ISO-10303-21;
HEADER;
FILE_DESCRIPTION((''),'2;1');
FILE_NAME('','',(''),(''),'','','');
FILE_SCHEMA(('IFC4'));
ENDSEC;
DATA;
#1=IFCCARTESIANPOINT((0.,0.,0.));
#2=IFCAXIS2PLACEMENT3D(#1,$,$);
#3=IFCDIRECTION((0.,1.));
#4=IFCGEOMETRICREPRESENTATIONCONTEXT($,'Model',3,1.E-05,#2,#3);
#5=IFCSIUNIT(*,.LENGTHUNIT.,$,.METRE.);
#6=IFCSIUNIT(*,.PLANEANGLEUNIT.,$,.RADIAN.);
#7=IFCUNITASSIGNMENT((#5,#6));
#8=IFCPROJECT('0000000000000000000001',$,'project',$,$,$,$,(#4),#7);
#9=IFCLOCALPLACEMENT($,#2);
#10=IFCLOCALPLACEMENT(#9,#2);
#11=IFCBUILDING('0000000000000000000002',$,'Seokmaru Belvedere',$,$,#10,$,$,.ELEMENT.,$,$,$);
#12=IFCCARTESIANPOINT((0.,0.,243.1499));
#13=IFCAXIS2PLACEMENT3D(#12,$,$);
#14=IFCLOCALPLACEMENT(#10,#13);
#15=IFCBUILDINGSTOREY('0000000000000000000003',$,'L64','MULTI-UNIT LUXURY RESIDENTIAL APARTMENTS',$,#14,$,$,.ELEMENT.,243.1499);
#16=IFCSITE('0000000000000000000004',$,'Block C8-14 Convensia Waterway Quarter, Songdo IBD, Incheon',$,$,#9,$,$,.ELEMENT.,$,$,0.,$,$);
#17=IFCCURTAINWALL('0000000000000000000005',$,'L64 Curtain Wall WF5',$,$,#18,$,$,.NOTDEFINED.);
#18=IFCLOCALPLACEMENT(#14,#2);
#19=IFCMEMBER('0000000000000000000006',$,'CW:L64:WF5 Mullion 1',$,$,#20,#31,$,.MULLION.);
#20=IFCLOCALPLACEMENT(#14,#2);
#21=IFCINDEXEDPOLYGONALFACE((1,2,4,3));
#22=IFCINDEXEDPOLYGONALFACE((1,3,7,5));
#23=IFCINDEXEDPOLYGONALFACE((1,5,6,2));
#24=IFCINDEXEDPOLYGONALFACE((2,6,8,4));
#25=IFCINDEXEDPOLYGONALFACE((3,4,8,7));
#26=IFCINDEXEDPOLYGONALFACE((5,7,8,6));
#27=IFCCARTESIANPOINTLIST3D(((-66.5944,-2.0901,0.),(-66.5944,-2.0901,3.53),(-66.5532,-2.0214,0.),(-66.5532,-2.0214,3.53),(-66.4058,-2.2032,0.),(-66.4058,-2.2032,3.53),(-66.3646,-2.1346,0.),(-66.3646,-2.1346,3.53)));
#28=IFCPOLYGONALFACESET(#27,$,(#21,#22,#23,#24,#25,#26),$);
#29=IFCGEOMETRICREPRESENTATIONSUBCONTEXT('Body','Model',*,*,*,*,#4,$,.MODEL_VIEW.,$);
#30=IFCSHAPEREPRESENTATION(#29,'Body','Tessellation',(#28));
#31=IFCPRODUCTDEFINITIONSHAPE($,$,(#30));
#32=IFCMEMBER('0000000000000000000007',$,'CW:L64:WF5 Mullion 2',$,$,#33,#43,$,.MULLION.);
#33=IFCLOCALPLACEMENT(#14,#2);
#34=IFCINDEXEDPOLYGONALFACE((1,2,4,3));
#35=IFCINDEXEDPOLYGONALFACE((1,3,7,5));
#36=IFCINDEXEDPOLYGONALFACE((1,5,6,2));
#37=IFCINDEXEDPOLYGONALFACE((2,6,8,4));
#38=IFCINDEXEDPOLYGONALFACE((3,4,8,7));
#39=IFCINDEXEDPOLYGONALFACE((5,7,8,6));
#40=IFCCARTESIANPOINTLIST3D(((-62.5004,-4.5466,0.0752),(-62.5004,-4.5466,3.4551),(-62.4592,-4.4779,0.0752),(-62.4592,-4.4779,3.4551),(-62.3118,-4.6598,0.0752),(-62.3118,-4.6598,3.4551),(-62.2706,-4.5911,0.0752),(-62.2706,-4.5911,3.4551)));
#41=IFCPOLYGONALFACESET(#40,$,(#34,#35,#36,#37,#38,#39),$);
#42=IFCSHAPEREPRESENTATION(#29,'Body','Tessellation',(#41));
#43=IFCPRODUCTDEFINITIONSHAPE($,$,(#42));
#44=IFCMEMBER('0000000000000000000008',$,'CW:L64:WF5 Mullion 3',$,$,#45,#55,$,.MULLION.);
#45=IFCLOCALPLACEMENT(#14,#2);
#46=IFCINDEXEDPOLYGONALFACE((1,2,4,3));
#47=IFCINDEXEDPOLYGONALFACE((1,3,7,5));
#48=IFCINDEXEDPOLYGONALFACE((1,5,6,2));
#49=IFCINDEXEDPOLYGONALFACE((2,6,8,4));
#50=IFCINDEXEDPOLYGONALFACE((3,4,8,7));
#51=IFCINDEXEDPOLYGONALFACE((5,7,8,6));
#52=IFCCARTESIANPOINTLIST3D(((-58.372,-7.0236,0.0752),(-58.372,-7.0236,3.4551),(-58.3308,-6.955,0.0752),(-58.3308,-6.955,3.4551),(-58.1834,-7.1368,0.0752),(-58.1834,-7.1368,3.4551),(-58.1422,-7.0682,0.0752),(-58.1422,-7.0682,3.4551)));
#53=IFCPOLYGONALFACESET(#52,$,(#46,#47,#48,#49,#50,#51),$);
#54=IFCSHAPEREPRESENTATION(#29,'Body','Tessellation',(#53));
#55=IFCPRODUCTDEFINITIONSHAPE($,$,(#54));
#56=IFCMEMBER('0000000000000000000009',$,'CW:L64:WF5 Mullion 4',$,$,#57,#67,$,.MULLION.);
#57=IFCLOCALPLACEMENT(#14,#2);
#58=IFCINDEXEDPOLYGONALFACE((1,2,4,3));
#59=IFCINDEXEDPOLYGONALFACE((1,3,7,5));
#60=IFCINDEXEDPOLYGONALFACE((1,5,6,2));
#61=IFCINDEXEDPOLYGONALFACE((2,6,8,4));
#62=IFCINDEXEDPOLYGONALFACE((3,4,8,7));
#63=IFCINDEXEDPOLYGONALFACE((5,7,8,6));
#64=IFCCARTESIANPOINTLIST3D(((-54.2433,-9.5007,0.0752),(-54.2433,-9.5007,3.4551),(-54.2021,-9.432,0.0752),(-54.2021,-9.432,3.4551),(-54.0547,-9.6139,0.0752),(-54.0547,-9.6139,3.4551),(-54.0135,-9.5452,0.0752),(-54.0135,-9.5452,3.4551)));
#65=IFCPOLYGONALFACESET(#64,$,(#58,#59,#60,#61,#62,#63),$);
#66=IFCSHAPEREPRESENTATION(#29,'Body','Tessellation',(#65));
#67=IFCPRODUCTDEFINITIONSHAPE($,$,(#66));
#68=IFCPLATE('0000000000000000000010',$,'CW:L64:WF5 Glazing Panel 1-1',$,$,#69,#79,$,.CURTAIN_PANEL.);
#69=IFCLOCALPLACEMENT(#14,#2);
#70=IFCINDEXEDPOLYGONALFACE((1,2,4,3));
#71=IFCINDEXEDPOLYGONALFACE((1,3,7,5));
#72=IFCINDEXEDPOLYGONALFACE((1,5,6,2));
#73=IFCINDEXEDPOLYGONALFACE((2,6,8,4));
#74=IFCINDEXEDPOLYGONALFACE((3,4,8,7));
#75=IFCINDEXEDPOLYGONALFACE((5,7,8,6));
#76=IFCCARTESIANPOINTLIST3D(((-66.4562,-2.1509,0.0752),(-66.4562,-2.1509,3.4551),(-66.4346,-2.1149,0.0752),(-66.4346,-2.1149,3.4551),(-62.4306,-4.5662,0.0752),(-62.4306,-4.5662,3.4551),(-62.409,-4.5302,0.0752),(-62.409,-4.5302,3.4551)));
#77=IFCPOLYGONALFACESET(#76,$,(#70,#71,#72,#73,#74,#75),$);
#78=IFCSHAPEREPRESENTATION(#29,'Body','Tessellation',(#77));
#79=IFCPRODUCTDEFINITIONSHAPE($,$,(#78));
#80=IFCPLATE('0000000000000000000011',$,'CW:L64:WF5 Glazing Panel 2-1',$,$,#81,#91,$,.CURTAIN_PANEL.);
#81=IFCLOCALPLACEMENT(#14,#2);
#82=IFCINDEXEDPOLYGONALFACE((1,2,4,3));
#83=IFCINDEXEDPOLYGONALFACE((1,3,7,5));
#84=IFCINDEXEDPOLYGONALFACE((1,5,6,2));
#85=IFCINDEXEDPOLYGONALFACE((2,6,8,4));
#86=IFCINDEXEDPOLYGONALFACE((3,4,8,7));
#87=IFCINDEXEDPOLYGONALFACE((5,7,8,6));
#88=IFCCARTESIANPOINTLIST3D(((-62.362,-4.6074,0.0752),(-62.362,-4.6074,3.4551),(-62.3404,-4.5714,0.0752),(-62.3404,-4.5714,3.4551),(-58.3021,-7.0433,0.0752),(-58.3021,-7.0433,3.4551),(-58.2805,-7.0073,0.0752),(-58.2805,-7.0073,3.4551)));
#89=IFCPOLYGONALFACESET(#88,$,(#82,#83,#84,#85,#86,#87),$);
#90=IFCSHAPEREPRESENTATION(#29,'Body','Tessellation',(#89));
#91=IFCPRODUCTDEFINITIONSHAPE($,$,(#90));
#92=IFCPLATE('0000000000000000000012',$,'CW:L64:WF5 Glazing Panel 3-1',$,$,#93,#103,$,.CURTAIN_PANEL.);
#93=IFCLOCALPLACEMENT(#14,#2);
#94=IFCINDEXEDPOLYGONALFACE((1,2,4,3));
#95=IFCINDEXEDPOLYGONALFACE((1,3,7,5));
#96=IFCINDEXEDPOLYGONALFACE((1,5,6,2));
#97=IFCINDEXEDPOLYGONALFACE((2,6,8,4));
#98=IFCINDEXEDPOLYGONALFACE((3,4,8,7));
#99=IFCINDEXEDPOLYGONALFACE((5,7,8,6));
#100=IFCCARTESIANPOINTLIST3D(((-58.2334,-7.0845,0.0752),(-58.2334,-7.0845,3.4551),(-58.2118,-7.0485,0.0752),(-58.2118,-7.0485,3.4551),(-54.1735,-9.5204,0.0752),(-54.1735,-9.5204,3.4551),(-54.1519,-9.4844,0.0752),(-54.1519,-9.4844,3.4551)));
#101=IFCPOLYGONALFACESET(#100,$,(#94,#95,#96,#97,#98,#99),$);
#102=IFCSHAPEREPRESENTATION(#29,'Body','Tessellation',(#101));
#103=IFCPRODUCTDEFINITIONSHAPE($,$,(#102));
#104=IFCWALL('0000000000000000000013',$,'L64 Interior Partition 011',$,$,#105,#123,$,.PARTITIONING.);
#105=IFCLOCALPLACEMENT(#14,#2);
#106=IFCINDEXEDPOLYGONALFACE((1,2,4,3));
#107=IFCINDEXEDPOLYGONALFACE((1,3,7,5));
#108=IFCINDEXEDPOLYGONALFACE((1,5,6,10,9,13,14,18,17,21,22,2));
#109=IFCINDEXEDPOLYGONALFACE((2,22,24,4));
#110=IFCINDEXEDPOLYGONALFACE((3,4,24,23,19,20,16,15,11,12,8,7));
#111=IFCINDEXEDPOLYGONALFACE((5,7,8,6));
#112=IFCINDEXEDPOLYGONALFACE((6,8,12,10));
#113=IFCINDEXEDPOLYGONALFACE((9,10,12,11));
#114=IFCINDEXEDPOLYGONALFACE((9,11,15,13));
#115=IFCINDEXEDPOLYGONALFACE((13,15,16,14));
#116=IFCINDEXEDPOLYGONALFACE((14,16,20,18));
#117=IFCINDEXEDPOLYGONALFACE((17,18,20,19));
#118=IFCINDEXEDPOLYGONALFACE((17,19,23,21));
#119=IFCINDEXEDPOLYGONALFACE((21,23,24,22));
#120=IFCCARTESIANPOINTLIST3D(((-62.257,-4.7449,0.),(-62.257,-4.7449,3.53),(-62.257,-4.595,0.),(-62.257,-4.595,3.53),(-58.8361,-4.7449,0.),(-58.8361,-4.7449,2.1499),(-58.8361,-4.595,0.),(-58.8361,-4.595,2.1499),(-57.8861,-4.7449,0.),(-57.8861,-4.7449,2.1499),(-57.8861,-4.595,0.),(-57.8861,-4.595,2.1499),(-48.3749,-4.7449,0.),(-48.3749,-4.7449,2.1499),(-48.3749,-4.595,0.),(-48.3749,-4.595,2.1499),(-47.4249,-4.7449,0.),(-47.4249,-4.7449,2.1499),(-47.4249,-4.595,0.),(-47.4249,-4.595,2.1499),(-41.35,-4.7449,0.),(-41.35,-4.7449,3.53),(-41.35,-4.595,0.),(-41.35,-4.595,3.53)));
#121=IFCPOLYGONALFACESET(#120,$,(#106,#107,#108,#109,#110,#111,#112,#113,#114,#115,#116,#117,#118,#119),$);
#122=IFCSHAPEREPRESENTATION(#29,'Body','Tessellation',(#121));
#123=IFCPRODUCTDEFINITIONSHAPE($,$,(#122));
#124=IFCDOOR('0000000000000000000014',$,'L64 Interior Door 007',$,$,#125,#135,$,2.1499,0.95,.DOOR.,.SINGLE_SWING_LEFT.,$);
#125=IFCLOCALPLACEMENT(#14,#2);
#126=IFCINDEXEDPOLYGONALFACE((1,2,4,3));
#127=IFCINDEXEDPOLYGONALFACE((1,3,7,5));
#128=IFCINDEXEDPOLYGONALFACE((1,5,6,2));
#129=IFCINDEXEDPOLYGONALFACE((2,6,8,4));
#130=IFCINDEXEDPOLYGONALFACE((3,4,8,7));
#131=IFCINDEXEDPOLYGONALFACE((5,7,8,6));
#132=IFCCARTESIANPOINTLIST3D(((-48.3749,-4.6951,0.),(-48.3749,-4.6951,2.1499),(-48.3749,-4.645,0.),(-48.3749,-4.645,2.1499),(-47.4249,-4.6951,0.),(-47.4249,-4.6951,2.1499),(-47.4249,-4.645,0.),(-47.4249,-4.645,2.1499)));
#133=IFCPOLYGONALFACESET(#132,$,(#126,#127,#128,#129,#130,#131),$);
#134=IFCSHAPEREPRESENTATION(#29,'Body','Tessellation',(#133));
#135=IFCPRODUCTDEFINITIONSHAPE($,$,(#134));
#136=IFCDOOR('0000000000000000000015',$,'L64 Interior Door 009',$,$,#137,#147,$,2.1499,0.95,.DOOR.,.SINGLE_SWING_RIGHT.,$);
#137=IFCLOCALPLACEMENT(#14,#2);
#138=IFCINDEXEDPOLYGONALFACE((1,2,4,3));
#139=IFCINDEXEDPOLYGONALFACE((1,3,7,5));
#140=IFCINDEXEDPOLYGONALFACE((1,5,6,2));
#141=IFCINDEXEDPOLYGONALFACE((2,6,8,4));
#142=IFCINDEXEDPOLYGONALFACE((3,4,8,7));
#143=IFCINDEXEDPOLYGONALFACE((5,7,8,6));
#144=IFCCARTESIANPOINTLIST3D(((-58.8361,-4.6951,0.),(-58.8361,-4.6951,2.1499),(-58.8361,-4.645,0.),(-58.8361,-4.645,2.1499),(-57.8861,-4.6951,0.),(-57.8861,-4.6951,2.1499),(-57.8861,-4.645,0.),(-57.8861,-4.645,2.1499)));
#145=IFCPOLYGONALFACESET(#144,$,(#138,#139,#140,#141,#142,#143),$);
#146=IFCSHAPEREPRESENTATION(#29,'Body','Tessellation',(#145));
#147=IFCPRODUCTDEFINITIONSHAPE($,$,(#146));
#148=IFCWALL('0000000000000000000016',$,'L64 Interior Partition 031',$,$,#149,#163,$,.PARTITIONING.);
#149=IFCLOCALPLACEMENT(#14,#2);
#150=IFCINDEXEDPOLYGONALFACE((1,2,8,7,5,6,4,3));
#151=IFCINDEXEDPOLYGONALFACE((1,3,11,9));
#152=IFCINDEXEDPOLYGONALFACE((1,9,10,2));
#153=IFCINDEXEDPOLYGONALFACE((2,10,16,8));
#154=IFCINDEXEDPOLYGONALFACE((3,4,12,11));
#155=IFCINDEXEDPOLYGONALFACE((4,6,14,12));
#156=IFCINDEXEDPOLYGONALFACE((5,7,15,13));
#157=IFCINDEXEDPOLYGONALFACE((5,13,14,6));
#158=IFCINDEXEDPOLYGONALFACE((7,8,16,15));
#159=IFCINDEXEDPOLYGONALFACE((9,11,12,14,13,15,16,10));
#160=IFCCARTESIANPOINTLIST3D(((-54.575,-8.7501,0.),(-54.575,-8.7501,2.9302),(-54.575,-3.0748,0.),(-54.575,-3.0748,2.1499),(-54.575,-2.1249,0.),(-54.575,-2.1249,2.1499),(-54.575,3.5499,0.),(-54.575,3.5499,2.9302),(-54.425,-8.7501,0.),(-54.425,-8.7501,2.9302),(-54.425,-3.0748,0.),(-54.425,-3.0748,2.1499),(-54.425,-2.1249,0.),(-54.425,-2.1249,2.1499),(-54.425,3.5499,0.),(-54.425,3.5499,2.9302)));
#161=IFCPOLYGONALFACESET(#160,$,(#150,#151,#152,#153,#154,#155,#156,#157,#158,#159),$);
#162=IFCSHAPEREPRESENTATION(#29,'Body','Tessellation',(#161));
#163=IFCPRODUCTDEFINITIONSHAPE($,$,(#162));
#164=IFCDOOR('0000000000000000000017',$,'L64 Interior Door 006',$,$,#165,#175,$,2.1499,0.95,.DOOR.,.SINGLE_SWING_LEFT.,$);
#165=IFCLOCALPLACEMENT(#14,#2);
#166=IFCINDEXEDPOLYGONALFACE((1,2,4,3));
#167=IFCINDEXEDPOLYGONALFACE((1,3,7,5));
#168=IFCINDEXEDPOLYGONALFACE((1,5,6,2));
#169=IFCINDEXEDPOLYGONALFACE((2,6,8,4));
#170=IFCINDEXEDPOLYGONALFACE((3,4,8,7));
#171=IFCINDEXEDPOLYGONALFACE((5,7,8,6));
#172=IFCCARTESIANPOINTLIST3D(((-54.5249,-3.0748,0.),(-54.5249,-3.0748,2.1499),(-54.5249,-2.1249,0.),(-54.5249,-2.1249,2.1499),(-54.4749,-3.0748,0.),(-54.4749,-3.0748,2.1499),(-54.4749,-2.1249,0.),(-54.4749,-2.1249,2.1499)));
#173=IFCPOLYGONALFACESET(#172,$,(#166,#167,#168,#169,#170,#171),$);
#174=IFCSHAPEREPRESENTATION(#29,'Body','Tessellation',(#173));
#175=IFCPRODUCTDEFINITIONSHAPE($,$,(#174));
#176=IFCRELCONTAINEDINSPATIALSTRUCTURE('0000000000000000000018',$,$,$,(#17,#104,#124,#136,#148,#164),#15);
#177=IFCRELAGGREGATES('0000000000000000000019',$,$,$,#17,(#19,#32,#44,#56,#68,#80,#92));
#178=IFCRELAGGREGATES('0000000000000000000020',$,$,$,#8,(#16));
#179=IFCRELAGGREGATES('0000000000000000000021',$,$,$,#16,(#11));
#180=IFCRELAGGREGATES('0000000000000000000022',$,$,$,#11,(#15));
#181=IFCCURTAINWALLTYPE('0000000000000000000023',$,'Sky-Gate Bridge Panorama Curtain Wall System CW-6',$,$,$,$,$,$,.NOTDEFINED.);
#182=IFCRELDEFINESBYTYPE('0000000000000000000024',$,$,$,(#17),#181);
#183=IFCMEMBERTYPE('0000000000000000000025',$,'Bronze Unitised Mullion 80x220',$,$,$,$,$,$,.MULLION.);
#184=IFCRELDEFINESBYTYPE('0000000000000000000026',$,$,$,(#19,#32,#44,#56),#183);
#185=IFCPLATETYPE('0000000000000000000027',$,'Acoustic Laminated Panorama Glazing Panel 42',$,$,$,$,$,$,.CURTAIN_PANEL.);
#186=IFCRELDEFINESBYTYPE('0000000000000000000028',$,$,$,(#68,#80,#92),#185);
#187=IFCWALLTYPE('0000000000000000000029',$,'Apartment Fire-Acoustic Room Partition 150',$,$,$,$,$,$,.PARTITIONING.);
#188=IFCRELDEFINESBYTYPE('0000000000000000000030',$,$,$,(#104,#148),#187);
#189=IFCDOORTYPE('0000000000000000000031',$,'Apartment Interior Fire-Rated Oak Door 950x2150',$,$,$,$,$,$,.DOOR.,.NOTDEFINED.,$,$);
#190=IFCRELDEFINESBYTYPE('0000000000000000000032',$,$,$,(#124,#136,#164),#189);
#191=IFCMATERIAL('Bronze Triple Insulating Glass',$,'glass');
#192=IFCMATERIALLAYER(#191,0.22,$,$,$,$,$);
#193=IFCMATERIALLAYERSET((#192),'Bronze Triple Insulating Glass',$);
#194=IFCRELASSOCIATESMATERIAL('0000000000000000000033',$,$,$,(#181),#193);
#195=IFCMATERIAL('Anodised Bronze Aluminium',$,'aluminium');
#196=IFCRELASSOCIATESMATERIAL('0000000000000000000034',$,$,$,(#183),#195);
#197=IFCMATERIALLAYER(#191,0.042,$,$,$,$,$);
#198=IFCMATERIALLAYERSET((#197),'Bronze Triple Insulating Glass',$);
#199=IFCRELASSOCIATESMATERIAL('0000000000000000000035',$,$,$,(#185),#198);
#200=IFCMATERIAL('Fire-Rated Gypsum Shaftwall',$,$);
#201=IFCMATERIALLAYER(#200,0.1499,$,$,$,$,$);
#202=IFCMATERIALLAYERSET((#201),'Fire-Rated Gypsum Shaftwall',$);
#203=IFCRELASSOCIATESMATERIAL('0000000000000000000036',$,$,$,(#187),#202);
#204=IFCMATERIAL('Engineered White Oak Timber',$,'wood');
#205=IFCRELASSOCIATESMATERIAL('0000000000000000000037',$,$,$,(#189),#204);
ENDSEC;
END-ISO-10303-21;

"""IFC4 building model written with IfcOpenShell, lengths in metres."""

from ifc_helpers import new_model, si_unit, direction, frame, frame_2d, origin, origin_2d, place, context, subcontext, project, spatial, rectangle, extrude, source, transform, mapped, material, layer, layer_set, material_profile, profile_set, type_object, type_shapes, element, fill, aggregate, save


model = new_model("IFC4")

# Units and contexts
model_context = context("Model", 3, precision=1e-05, world=origin(), true_north=direction((0.0, 1.0)))
body_context = subcontext(model_context, "Body", "Model", "MODEL_VIEW")
ifc_project = project(units=[si_unit("LENGTHUNIT", "METRE"), si_unit("PLANEANGLEUNIT", "RADIAN")], contexts=[model_context])

# Site, building, storey
site_placement = place(None, origin())
site = spatial("IfcSite", under=ifc_project, at=site_placement, Name="Block C8-14 Convensia Waterway Quarter, Songdo IBD, Incheon", CompositionType="ELEMENT", RefElevation=0.0)
building_placement = place(site_placement, origin())
building = spatial("IfcBuilding", under=site, at=building_placement, Name="Seokmaru Belvedere", CompositionType="ELEMENT")
storey_placement = place(building_placement, frame((0.0, 0.0, 243.1499)))
storey = spatial("IfcBuildingStorey", under=building, at=storey_placement, Name="L64", Description="MULTI-UNIT LUXURY RESIDENTIAL APARTMENTS", CompositionType="ELEMENT", Elevation=243.1499)

# Curtain wall, members, plates
ifc_material_1 = material(Name="Bronze Triple Insulating Glass", Category="glass")
ifc_layer_1 = layer(ifc_material_1, 0.22)
ifc_layer_set_1 = layer_set([ifc_layer_1], Name="Bronze Triple Insulating Glass")
curtain_wall_type = type_object("IfcCurtainWallType", Name="Sky-Gate Bridge Panorama Curtain Wall System CW-6", PredefinedType="NOTDEFINED", material=ifc_layer_set_1)
curtain_wall_placement = place(storey_placement, origin())
curtain_wall = element("IfcCurtainWall", 1, at=curtain_wall_placement, inside=storey, type_object=curtain_wall_type, Name="L64 Curtain Wall WF5", PredefinedType="NOTDEFINED")
ifc_material_2 = material(Name="Anodised Bronze Aluminium", Category="aluminium")
ifc_material_profile_1 = material_profile(ifc_material_2, rectangle(XDim=0.0801, YDim=0.22, at=origin_2d()), Name="CW-M-80x220")
ifc_profile_set_1 = profile_set([ifc_material_profile_1], Name="Anodised Bronze Aluminium")
member_type_1 = type_object("IfcMemberType", Name="Bronze Unitised Mullion 80x220", PredefinedType="MULLION", material=ifc_profile_set_1)
shared_shape_1 = source(origin(), body_context, "Body", "SweptSolid", [
    extrude(rectangle(XDim=0.0801, YDim=0.22, at=origin_2d()), origin(), (0.0, 0.0, 1.0), 3.53),
])
member_1_placement = place(storey_placement, frame((-66.4795, -2.1123, 0.0), z_axis=(0.0, 0.0, 1.0), x_axis=(0.514495, 0.857493, 0.0)))
member_1 = element("IfcMember", 2, at=member_1_placement, type_object=member_type_1, Name="CW:L64:WF5 Mullion 1", PredefinedType="MULLION", context=body_context, shape_type="MappedRepresentation", body=[
    mapped(shared_shape_1, transform((0.0, 0.0, 0.0), scale=1.0)),
])
shared_shape_2 = source(origin(), body_context, "Body", "SweptSolid", [
    extrude(rectangle(XDim=0.0801, YDim=0.22, at=origin_2d()), origin(), (0.0, 0.0, 1.0), 3.3799),
])
type_shapes(member_type_1, [shared_shape_1, shared_shape_2])
member_2_placement = place(storey_placement, frame((-62.3855, -4.5688, 0.0752), z_axis=(0.0, 0.0, 1.0), x_axis=(0.514495, 0.857493, 0.0)))
member_2 = element("IfcMember", 3, at=member_2_placement, type_object=member_type_1, Name="CW:L64:WF5 Mullion 2", PredefinedType="MULLION", context=body_context, shape_type="MappedRepresentation", body=[
    mapped(shared_shape_2, transform((0.0, 0.0, 0.0), scale=1.0)),
])
member_3_placement = place(storey_placement, frame((-58.2571, -7.0459, 0.0752), z_axis=(0.0, 0.0, 1.0), x_axis=(0.514495, 0.857493, 0.0)))
member_3 = element("IfcMember", 4, at=member_3_placement, type_object=member_type_1, Name="CW:L64:WF5 Mullion 3", PredefinedType="MULLION", context=body_context, shape_type="MappedRepresentation", body=[
    mapped(shared_shape_2, transform((0.0, 0.0, 0.0), scale=1.0)),
])
member_4_placement = place(storey_placement, frame((-54.1284, -9.5229, 0.0752), z_axis=(0.0, 0.0, 1.0), x_axis=(0.514495, 0.857493, 0.0)))
member_4 = element("IfcMember", 5, at=member_4_placement, type_object=member_type_1, Name="CW:L64:WF5 Mullion 4", PredefinedType="MULLION", context=body_context, shape_type="MappedRepresentation", body=[
    mapped(shared_shape_2, transform((0.0, 0.0, 0.0), scale=1.0)),
])
ifc_layer_2 = layer(ifc_material_1, 0.042)
ifc_layer_set_2 = layer_set([ifc_layer_2], Name="Bronze Triple Insulating Glass")
plate_type = type_object("IfcPlateType", Name="Acoustic Laminated Panorama Glazing Panel 42", PredefinedType="CURTAIN_PANEL", material=ifc_layer_set_2)
shared_shape_3 = source(origin(), body_context, "Body", "SweptSolid", [
    extrude(rectangle(XDim=4.6946, YDim=0.042, at=origin_2d()), origin(), (0.0, 0.0, 1.0), 3.3799),
])
plate_1_placement = place(storey_placement, frame((-64.4326, -3.3406, 0.0752), z_axis=(0.0, 0.0, 1.0), x_axis=(0.857493, -0.514495, 0.0)))
plate_1 = element("IfcPlate", 6, at=plate_1_placement, type_object=plate_type, Name="CW:L64:WF5 Glazing Panel 1-1", PredefinedType="CURTAIN_PANEL", context=body_context, shape_type="MappedRepresentation", body=[
    mapped(shared_shape_3, transform((0.0, 0.0, 0.0), scale=1.0)),
])
shared_shape_4 = source(origin(), body_context, "Body", "SweptSolid", [
    extrude(rectangle(XDim=4.7346, YDim=0.042, at=origin_2d()), origin(), (0.0, 0.0, 1.0), 3.3799),
])
type_shapes(plate_type, [shared_shape_3, shared_shape_4])
plate_2_placement = place(storey_placement, frame((-60.3213, -5.8074, 0.0752), z_axis=(0.0, 0.0, 1.0), x_axis=(0.857493, -0.514495, 0.0)))
plate_2 = element("IfcPlate", 7, at=plate_2_placement, type_object=plate_type, Name="CW:L64:WF5 Glazing Panel 2-1", PredefinedType="CURTAIN_PANEL", context=body_context, shape_type="MappedRepresentation", body=[
    mapped(shared_shape_4, transform((0.0, 0.0, 0.0), scale=1.0)),
])
plate_3_placement = place(storey_placement, frame((-56.1926, -8.2844, 0.0752), z_axis=(0.0, 0.0, 1.0), x_axis=(0.857493, -0.514495, 0.0)))
plate_3 = element("IfcPlate", 8, at=plate_3_placement, type_object=plate_type, Name="CW:L64:WF5 Glazing Panel 3-1", PredefinedType="CURTAIN_PANEL", context=body_context, shape_type="MappedRepresentation", body=[
    mapped(shared_shape_4, transform((0.0, 0.0, 0.0), scale=1.0)),
])
aggregate(curtain_wall, [member_1, member_2, member_3, member_4, plate_1, plate_2, plate_3])

# Wall, openings, doors
ifc_material_3 = material(Name="Fire-Rated Gypsum Shaftwall")
ifc_layer_3 = layer(ifc_material_3, 0.1499)
ifc_layer_set_3 = layer_set([ifc_layer_3], Name="Fire-Rated Gypsum Shaftwall")
wall_type_1 = type_object("IfcWallType", Name="Apartment Fire-Acoustic Room Partition 150", PredefinedType="PARTITIONING", material=ifc_layer_set_3)
wall_1_placement = place(storey_placement, frame((-62.2571, -4.6699, 0.0), z_axis=(0.0, 0.0, 1.0), x_axis=(1.0, 0.0, 0.0)))
wall_1 = element("IfcWall", 9, at=wall_1_placement, inside=storey, type_object=wall_type_1, Name="L64 Interior Partition 011", PredefinedType="PARTITIONING", context=body_context, shape_type="SweptSolid", body=[
    extrude(rectangle(XDim=20.907, YDim=0.1499, at=frame_2d((10.4536, 0.0))), origin(), (0.0, 0.0, 1.0), 3.53),
])
opening_1_placement = place(wall_1_placement, frame((13.8821, 0.0, 0.0)))
opening_1 = element("IfcOpeningElement", 10, at=opening_1_placement, cuts=wall_1, PredefinedType="OPENING", context=body_context, shape_type="SweptSolid", body=[
    extrude(rectangle(XDim=0.95, YDim=2.1499, at=frame_2d((0.4751, 1.075))), frame((0.0, 0.085, 0.0), z_axis=(0.0, -1.0, 0.0), x_axis=(1.0, 0.0, 0.0)), (0.0, 0.0, 1.0), 0.1699),
])
opening_2_placement = place(wall_1_placement, frame((3.4209, 0.0, 0.0)))
opening_2 = element("IfcOpeningElement", 11, at=opening_2_placement, cuts=wall_1, PredefinedType="OPENING", context=body_context, shape_type="SweptSolid", body=[
    extrude(rectangle(XDim=0.95, YDim=2.1499, at=frame_2d((0.4751, 1.075))), frame((0.0, 0.085, 0.0), z_axis=(0.0, -1.0, 0.0), x_axis=(1.0, 0.0, 0.0)), (0.0, 0.0, 1.0), 0.1699),
])
ifc_material_4 = material(Name="Engineered White Oak Timber", Category="wood")
door_type = type_object("IfcDoorType", Name="Apartment Interior Fire-Rated Oak Door 950x2150", OperationType="NOTDEFINED", PredefinedType="DOOR", material=ifc_material_4)
shared_shape_5 = source(origin(), body_context, "Body", "SweptSolid", [
    extrude(rectangle(XDim=0.95, YDim=2.1499, at=frame_2d((0.4751, 1.075))), frame((0.0, 0.0249, 0.0), z_axis=(0.0, -1.0, 0.0), x_axis=(1.0, 0.0, 0.0)), (0.0, 0.0, 1.0), 0.05),
])
type_shapes(door_type, [shared_shape_5])
door_1_placement = place(opening_1_placement, origin())
door_1 = element("IfcDoor", 12, at=door_1_placement, inside=storey, type_object=door_type, Name="L64 Interior Door 007", OperationType="SINGLE_SWING_LEFT", OverallHeight=2.1499, OverallWidth=0.95, PredefinedType="DOOR", context=body_context, shape_type="MappedRepresentation", body=[
    mapped(shared_shape_5, transform((0.0, 0.0, 0.0), scale=1.0)),
])
fill(opening_1, door_1)
door_2_placement = place(opening_2_placement, origin())
door_2 = element("IfcDoor", 13, at=door_2_placement, inside=storey, type_object=door_type, Name="L64 Interior Door 009", OperationType="SINGLE_SWING_RIGHT", OverallHeight=2.1499, OverallWidth=0.95, PredefinedType="DOOR", context=body_context, shape_type="MappedRepresentation", body=[
    mapped(shared_shape_5, transform((0.0, 0.0, 0.0), scale=1.0)),
])
fill(opening_2, door_2)

# Wall, opening, door
wall_2_placement = place(storey_placement, frame((-54.5, -8.75, 0.0), z_axis=(0.0, 0.0, 1.0), x_axis=(0.0, 1.0, 0.0)))
wall_2 = element("IfcWall", 14, at=wall_2_placement, inside=storey, type_object=wall_type_1, Name="L64 Interior Partition 031", PredefinedType="PARTITIONING", context=body_context, shape_type="SweptSolid", body=[
    extrude(rectangle(XDim=12.3, YDim=0.1499, at=frame_2d((6.1499, 0.0))), origin(), (0.0, 0.0, 1.0), 2.9302),
])
opening_3_placement = place(wall_2_placement, frame((5.675, 0.0, 0.0)))
opening_3 = element("IfcOpeningElement", 15, at=opening_3_placement, cuts=wall_2, PredefinedType="OPENING", context=body_context, shape_type="SweptSolid", body=[
    extrude(rectangle(XDim=0.95, YDim=2.1499, at=frame_2d((0.4751, 1.075))), frame((0.0, 0.085, 0.0), z_axis=(0.0, -1.0, 0.0), x_axis=(1.0, 0.0, 0.0)), (0.0, 0.0, 1.0), 0.1699),
])
door_3_placement = place(opening_3_placement, origin())
door_3 = element("IfcDoor", 16, at=door_3_placement, inside=storey, type_object=door_type, Name="L64 Interior Door 006", OperationType="SINGLE_SWING_LEFT", OverallHeight=2.1499, OverallWidth=0.95, PredefinedType="DOOR", context=body_context, shape_type="MappedRepresentation", body=[
    mapped(shared_shape_5, transform((0.0, 0.0, 0.0), scale=1.0)),
])
fill(opening_3, door_3)

save(model, "model.ifc")
